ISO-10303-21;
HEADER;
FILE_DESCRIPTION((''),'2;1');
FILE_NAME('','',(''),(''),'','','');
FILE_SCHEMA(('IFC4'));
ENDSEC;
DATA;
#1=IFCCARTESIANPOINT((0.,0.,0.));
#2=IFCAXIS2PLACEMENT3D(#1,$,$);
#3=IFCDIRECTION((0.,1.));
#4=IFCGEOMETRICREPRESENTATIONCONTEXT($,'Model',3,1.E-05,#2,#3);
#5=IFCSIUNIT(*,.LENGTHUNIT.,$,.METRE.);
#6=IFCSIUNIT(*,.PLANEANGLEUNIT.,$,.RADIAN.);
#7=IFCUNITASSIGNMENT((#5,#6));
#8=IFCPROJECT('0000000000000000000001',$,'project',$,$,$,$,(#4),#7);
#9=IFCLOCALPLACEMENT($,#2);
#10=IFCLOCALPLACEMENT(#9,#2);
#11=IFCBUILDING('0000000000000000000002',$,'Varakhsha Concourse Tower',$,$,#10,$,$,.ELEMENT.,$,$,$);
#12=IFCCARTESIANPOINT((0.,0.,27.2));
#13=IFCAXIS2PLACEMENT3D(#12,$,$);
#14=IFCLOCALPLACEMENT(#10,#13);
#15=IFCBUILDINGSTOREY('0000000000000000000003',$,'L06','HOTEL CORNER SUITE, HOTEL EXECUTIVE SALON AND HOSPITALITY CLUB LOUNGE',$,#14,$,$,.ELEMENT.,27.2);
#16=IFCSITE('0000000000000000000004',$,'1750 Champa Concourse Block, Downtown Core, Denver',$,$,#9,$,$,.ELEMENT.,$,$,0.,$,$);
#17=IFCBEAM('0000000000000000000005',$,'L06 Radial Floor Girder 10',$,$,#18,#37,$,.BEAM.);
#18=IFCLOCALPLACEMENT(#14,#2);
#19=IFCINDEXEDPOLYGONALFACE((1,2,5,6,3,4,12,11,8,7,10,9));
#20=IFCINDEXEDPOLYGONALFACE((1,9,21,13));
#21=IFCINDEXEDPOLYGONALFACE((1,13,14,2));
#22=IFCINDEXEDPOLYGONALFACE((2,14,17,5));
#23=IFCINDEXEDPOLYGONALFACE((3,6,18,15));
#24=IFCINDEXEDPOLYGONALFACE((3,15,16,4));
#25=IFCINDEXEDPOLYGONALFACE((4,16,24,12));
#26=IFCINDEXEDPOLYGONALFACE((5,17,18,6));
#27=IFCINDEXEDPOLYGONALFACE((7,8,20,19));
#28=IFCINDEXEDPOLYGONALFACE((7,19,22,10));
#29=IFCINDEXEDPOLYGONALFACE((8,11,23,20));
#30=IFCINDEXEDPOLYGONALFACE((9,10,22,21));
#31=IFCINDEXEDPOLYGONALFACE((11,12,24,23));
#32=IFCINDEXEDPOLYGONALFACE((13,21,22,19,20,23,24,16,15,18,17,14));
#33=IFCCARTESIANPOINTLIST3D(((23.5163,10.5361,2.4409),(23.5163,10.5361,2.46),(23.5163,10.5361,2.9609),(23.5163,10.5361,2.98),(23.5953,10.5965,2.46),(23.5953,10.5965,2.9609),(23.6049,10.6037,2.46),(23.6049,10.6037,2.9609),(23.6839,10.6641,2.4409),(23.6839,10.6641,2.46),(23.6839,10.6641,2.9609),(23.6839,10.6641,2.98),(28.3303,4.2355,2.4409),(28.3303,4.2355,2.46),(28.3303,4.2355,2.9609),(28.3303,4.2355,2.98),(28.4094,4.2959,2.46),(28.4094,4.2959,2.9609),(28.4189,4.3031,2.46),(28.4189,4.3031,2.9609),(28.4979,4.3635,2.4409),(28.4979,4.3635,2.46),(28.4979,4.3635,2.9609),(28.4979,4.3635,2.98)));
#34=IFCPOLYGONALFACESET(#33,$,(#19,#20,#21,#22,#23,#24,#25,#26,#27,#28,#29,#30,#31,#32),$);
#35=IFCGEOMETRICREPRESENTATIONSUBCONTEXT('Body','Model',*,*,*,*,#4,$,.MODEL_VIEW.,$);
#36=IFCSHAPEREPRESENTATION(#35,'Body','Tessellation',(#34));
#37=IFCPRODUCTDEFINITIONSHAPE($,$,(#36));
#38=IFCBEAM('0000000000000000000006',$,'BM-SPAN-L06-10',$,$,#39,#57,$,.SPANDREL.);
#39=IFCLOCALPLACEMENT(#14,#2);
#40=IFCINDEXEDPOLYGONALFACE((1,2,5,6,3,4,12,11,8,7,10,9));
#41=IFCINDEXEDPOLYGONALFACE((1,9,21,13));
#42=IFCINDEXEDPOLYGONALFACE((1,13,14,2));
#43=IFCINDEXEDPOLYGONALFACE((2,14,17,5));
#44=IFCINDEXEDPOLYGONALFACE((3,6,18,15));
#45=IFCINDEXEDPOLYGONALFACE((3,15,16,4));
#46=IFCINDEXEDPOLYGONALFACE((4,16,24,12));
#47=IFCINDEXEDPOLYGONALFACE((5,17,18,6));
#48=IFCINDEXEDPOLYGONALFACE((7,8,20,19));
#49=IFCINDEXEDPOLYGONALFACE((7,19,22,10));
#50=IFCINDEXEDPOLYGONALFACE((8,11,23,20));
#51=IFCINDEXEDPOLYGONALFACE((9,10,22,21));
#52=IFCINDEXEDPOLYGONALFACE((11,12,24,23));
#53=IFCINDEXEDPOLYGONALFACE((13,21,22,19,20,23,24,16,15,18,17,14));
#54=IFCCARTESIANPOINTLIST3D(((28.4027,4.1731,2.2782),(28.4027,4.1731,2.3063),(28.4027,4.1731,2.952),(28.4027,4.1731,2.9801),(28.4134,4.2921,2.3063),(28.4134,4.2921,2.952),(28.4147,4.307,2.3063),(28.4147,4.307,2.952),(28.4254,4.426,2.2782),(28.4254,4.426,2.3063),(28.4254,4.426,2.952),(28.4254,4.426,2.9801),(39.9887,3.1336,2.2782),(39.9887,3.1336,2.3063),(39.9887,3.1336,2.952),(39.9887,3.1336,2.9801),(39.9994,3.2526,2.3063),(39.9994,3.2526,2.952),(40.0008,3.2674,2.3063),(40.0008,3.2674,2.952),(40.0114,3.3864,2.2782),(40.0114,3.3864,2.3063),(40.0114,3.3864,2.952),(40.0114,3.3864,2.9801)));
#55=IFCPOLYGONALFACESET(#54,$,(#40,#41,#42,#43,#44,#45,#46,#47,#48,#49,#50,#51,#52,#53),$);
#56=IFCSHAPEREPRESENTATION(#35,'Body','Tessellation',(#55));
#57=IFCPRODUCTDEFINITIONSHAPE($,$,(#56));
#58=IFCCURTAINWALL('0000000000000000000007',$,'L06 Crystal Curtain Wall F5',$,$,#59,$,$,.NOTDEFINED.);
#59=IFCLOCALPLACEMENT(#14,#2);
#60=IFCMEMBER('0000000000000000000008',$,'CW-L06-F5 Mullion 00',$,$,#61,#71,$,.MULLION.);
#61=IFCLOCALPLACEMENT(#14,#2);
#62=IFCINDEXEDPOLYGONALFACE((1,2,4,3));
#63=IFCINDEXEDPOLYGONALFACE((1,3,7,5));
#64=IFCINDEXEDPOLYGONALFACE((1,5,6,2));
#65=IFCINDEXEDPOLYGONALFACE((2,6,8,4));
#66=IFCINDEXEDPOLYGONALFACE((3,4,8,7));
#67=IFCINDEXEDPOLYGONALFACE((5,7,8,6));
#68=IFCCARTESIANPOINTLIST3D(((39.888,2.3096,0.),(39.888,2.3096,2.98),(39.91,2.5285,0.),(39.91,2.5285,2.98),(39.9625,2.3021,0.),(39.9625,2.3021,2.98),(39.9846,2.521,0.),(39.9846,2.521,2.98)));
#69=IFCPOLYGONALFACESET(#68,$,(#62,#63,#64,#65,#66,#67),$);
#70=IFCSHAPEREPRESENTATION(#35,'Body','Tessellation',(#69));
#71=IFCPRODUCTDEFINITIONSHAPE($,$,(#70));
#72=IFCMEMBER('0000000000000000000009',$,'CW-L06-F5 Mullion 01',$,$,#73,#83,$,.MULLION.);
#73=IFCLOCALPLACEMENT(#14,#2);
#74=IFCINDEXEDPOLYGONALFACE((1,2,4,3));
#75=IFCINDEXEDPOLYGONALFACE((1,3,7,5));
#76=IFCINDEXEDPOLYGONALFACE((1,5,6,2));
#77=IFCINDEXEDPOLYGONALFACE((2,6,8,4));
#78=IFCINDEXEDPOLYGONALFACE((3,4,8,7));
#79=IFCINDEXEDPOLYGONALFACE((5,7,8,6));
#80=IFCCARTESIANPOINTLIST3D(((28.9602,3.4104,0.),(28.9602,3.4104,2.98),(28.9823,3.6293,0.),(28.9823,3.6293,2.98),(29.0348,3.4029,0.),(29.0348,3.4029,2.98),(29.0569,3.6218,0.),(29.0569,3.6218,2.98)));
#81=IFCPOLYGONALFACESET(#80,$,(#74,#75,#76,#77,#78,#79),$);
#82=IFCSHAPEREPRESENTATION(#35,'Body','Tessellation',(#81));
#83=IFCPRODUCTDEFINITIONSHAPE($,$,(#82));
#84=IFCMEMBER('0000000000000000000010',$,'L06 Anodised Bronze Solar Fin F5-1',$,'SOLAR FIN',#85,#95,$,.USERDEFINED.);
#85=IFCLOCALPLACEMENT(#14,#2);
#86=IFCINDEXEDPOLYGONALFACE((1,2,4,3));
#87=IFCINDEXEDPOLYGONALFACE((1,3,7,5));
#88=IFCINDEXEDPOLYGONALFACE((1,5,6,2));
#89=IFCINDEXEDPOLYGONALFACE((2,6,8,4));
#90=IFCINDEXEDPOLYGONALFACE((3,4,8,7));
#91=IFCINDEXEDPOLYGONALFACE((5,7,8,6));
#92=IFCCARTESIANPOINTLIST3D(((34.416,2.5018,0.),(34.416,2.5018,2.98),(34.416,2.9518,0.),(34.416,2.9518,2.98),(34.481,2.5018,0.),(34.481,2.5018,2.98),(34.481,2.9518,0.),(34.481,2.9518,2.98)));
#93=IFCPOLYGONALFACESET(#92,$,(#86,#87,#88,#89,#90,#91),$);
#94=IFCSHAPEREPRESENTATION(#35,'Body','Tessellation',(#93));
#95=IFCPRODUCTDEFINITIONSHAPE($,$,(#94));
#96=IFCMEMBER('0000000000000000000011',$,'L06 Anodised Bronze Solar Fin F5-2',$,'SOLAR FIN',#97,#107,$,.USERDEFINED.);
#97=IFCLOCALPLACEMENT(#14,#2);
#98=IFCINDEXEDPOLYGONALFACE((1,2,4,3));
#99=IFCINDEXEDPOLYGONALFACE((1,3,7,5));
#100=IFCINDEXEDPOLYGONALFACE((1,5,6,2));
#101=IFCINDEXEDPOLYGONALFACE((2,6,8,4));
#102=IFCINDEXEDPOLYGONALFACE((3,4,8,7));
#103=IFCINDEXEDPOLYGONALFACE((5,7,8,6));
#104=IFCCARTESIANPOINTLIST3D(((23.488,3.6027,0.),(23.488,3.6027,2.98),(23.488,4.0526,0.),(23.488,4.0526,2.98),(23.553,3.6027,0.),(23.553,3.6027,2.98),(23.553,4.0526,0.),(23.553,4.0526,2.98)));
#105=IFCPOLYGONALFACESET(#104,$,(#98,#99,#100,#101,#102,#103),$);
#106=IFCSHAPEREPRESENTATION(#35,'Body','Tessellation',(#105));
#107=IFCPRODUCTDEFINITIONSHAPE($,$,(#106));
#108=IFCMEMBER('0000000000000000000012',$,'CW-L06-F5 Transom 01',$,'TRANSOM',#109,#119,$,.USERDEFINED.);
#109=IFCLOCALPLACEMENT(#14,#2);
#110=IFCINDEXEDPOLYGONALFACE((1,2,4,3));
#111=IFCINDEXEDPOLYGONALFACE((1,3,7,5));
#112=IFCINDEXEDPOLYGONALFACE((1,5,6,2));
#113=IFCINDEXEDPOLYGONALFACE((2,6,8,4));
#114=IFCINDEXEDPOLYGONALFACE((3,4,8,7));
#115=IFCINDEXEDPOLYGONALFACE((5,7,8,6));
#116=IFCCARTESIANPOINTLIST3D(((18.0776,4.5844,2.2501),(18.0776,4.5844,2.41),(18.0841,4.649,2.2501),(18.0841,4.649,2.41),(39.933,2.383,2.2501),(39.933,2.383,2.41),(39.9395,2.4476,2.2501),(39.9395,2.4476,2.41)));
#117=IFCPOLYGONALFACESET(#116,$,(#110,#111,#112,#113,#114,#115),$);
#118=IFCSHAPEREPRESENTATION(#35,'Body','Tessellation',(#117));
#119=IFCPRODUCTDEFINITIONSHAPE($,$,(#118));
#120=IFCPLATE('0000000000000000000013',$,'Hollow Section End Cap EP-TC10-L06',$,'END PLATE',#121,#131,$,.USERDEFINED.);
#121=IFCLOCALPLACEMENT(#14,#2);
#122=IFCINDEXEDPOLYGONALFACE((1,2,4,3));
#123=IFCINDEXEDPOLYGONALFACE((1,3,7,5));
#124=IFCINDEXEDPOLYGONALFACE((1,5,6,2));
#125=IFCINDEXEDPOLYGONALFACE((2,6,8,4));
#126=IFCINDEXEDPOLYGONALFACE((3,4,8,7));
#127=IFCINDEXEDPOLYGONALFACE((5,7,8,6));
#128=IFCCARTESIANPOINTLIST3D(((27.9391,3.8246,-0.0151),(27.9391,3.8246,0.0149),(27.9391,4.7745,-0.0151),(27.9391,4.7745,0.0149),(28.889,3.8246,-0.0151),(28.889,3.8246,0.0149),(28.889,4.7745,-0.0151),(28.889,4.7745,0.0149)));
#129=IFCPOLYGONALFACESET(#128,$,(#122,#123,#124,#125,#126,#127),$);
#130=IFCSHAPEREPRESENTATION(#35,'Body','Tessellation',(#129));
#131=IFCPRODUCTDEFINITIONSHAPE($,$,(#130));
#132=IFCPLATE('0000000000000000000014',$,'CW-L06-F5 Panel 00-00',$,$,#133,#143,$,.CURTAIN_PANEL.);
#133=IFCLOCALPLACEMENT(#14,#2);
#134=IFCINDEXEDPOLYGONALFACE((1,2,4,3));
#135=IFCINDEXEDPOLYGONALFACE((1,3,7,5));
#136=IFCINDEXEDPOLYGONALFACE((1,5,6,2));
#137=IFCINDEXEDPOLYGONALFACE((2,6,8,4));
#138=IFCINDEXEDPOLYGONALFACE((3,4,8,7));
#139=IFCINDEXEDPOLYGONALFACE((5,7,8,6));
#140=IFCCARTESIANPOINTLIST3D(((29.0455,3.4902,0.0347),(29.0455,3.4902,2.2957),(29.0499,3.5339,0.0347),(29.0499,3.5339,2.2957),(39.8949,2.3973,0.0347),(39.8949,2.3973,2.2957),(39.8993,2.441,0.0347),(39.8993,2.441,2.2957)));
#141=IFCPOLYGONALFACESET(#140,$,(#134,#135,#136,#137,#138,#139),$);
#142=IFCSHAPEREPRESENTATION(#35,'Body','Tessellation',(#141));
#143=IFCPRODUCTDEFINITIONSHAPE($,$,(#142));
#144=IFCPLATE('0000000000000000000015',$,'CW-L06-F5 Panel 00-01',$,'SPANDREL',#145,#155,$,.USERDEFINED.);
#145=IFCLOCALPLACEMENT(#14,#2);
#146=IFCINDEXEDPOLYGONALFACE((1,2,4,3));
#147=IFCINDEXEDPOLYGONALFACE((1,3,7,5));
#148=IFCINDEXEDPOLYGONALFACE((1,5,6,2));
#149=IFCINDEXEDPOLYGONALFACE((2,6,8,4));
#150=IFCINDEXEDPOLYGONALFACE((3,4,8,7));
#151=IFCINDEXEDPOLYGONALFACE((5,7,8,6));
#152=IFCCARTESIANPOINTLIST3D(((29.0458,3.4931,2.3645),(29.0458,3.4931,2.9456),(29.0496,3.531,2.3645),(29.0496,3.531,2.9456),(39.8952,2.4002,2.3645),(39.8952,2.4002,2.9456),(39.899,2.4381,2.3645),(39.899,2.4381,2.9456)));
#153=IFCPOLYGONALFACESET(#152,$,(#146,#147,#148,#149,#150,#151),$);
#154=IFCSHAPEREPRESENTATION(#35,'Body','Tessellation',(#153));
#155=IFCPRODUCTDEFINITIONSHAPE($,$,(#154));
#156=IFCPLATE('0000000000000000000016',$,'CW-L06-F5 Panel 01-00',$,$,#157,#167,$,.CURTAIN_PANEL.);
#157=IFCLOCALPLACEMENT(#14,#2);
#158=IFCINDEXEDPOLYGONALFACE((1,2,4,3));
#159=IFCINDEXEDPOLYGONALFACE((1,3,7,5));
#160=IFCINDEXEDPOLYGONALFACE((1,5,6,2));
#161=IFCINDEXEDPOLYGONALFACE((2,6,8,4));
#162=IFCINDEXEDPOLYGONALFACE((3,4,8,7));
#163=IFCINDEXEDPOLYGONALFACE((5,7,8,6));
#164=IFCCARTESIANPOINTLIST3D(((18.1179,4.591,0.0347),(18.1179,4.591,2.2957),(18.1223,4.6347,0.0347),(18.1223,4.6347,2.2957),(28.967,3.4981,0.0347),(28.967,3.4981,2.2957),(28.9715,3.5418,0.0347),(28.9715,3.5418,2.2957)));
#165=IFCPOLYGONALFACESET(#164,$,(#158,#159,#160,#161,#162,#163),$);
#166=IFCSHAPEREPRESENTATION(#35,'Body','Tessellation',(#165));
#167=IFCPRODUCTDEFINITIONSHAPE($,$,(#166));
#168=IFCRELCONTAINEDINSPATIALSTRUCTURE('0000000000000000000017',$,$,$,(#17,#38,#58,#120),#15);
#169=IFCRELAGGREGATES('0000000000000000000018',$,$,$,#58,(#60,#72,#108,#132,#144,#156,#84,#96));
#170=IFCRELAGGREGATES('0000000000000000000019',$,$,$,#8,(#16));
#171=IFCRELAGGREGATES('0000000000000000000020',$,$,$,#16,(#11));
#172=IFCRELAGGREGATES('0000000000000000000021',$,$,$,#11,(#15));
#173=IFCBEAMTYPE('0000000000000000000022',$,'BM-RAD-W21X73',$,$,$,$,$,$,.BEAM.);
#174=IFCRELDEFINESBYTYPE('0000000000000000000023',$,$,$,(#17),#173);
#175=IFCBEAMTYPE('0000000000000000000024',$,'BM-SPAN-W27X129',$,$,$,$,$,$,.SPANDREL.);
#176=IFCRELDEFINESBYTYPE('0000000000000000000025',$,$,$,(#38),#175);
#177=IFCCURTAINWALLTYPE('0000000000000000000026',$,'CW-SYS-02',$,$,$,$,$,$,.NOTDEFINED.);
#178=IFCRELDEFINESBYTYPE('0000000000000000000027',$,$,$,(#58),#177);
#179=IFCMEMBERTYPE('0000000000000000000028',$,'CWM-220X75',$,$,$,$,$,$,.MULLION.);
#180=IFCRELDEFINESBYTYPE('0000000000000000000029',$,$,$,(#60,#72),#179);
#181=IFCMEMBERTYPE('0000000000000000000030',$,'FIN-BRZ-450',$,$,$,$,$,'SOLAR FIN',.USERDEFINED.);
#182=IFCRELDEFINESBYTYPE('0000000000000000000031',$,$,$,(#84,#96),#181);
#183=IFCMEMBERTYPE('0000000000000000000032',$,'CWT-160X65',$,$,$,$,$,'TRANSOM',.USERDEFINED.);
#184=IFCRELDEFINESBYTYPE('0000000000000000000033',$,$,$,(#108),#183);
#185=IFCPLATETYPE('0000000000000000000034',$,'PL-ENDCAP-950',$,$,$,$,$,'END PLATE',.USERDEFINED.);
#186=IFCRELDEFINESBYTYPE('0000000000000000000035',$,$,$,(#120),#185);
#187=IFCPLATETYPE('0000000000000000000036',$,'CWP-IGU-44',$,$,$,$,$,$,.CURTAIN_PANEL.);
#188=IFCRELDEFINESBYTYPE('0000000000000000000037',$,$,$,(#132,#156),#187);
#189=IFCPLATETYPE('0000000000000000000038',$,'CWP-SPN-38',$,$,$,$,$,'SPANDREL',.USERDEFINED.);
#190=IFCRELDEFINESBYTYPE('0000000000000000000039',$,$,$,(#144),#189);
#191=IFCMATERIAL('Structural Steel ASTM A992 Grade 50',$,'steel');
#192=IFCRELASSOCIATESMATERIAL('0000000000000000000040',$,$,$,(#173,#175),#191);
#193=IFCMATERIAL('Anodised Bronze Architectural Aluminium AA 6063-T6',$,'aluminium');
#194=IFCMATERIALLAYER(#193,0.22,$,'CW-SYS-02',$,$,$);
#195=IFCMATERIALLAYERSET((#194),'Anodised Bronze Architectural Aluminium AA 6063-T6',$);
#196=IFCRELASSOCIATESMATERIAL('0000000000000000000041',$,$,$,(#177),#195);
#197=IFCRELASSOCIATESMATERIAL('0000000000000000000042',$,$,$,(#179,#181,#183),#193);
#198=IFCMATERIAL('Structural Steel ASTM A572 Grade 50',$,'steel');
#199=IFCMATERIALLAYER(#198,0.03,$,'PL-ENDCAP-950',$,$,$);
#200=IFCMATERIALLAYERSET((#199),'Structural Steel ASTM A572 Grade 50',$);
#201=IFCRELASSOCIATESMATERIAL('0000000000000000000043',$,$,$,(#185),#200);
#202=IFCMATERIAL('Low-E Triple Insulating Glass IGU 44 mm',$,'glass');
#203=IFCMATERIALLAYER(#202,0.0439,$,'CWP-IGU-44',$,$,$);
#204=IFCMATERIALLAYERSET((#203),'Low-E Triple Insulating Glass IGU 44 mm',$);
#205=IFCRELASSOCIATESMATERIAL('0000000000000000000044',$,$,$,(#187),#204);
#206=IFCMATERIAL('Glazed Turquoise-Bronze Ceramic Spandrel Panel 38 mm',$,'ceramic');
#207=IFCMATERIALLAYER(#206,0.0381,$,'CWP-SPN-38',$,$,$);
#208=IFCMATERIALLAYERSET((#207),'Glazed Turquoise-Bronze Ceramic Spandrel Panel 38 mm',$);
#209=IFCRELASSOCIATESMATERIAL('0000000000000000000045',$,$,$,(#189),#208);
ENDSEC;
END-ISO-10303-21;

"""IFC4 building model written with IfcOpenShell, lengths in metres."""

from ifc_helpers import new_model, si_unit, direction, frame, origin, origin_2d, place, context, subcontext, project, spatial, rectangle, i_section, extrude, source, transform, mapped, material, layer, layer_set, material_profile, profile_set, type_object, type_shapes, element, aggregate, save


model = new_model("IFC4")

# Units and contexts
model_context = context("Model", 3, precision=1e-05, world=origin(), true_north=direction((0.0, 1.0)))
body_context = subcontext(model_context, "Body", "Model", "MODEL_VIEW")
ifc_project = project(units=[si_unit("LENGTHUNIT", "METRE"), si_unit("PLANEANGLEUNIT", "RADIAN")], contexts=[model_context])

# Site, building, storey
site_placement = place(None, origin())
site = spatial("IfcSite", under=ifc_project, at=site_placement, Name="1750 Champa Concourse Block, Downtown Core, Denver", CompositionType="ELEMENT", RefElevation=0.0)
building_placement = place(site_placement, origin())
building = spatial("IfcBuilding", under=site, at=building_placement, Name="Varakhsha Concourse Tower", CompositionType="ELEMENT")
storey_placement = place(building_placement, frame((0.0, 0.0, 27.2)))
storey = spatial("IfcBuildingStorey", under=building, at=storey_placement, Name="L06", Description="HOTEL CORNER SUITE, HOTEL EXECUTIVE SALON AND HOSPITALITY CLUB LOUNGE", CompositionType="ELEMENT", Elevation=27.2)

# Shared definitions
ifc_material_1 = material(Name="Structural Steel ASTM A992 Grade 50", Category="steel")
ifc_material_2 = material(Name="Structural Steel ASTM A572 Grade 50", Category="steel")

# Beams
ifc_material_profile_1 = material_profile(ifc_material_1, i_section(OverallWidth=0.2109, OverallDepth=0.5391, WebThickness=0.012, FlangeThickness=0.019, at=origin_2d()), Name="W21X73")
ifc_profile_set_1 = profile_set([ifc_material_profile_1], Name="Structural Steel ASTM A992 Grade 50")
beam_type_1 = type_object("IfcBeamType", Name="BM-RAD-W21X73", PredefinedType="BEAM", material=ifc_profile_set_1)
beam_1_placement = place(storey_placement, frame((23.6001, 10.6001, 2.7104), z_axis=(0.607124, -0.794607, 0.0), x_axis=(0.794607, 0.607124, 0.0)))
element("IfcBeam", 1, at=beam_1_placement, inside=storey, type_object=beam_type_1, Name="L06 Radial Floor Girder 10", PredefinedType="BEAM", context=body_context, shape_type="SweptSolid", body=[
    extrude(i_section(OverallWidth=0.2109, OverallDepth=0.5391, WebThickness=0.012, FlangeThickness=0.019, at=origin_2d()), origin(), (0.0, 0.0, 1.0), 7.9292),
])
ifc_material_profile_2 = material_profile(ifc_material_1, i_section(OverallWidth=0.2539, OverallDepth=0.7019, WebThickness=0.0149, FlangeThickness=0.0281, at=origin_2d()), Name="W27X129")
ifc_profile_set_2 = profile_set([ifc_material_profile_2], Name="Structural Steel ASTM A992 Grade 50")
beam_type_2 = type_object("IfcBeamType", Name="BM-SPAN-W27X129", PredefinedType="SPANDREL", material=ifc_profile_set_2)
beam_2_placement = place(storey_placement, frame((28.4141, 4.2996, 2.6292), z_axis=(0.995999, -0.089366, 0.0), x_axis=(0.089366, 0.995999, 0.0)))
element("IfcBeam", 2, at=beam_2_placement, inside=storey, type_object=beam_type_2, Name="BM-SPAN-L06-10", PredefinedType="SPANDREL", context=body_context, shape_type="SweptSolid", body=[
    extrude(i_section(OverallWidth=0.2539, OverallDepth=0.7019, WebThickness=0.0149, FlangeThickness=0.0281, at=origin_2d()), origin(), (0.0, 0.0, 1.0), 11.6326),
])

# Curtain wall, members
ifc_material_3 = material(Name="Anodised Bronze Architectural Aluminium AA 6063-T6", Category="aluminium")
ifc_layer_1 = layer(ifc_material_3, 0.22, Name="CW-SYS-02")
ifc_layer_set_1 = layer_set([ifc_layer_1], Name="Anodised Bronze Architectural Aluminium AA 6063-T6")
curtain_wall_type = type_object("IfcCurtainWallType", Name="CW-SYS-02", PredefinedType="NOTDEFINED", material=ifc_layer_set_1)
curtain_wall_placement = place(storey_placement, origin())
curtain_wall = element("IfcCurtainWall", 3, at=curtain_wall_placement, inside=storey, type_object=curtain_wall_type, Name="L06 Crystal Curtain Wall F5", PredefinedType="NOTDEFINED")
ifc_material_profile_3 = material_profile(ifc_material_3, rectangle(XDim=0.075, YDim=0.22, at=origin_2d()), Name="CWM-220X75")
ifc_profile_set_3 = profile_set([ifc_material_profile_3], Name="Anodised Bronze Architectural Aluminium AA 6063-T6")
member_type_1 = type_object("IfcMemberType", Name="CWM-220X75", PredefinedType="MULLION", material=ifc_profile_set_3)
shared_shape_1 = source(origin(), body_context, "Body", "SweptSolid", [
    extrude(rectangle(XDim=0.075, YDim=0.22, at=origin_2d()), origin(), (0.0, 0.0, 1.0), 2.98),
])
type_shapes(member_type_1, [shared_shape_1])
member_1_placement = place(storey_placement, frame((39.9363, 2.4153, 0.0), z_axis=(0.0, 0.0, 1.0), x_axis=(-0.994965, 0.100226, 0.0)))
member_1 = element("IfcMember", 4, at=member_1_placement, type_object=member_type_1, Name="CW-L06-F5 Mullion 00", PredefinedType="MULLION", context=body_context, shape_type="MappedRepresentation", body=[
    mapped(shared_shape_1, transform((0.0, 0.0, 0.0), scale=1.0)),
])
member_2_placement = place(storey_placement, frame((29.0085, 3.5161, 0.0), z_axis=(0.0, 0.0, 1.0), x_axis=(-0.994965, 0.100226, 0.0)))
member_2 = element("IfcMember", 5, at=member_2_placement, type_object=member_type_1, Name="CW-L06-F5 Mullion 01", PredefinedType="MULLION", context=body_context, shape_type="MappedRepresentation", body=[
    mapped(shared_shape_1, transform((0.0, 0.0, 0.0), scale=1.0)),
])
ifc_material_profile_4 = material_profile(ifc_material_3, rectangle(XDim=0.0649, YDim=0.45, at=origin_2d()), Name="FIN-BRZ-450")
ifc_profile_set_4 = profile_set([ifc_material_profile_4], Name="Anodised Bronze Architectural Aluminium AA 6063-T6")
member_type_2 = type_object("IfcMemberType", Name="FIN-BRZ-450", ElementType="SOLAR FIN", PredefinedType="USERDEFINED", material=ifc_profile_set_4)
shared_shape_2 = source(origin(), body_context, "Body", "SweptSolid", [
    extrude(rectangle(XDim=0.0649, YDim=0.45, at=origin_2d()), origin(), (0.0, 0.0, 1.0), 2.98),
])
type_shapes(member_type_2, [shared_shape_2])
member_3_placement = place(storey_placement, frame((34.4485, 2.7268, 0.0), z_axis=(0.0, 0.0, 1.0), x_axis=(1.0, 0.0, 0.0)))
member_3 = element("IfcMember", 6, at=member_3_placement, type_object=member_type_2, Name="L06 Anodised Bronze Solar Fin F5-1", ObjectType="SOLAR FIN", PredefinedType="USERDEFINED", context=body_context, shape_type="MappedRepresentation", body=[
    mapped(shared_shape_2, transform((0.0, 0.0, 0.0), scale=1.0)),
])
member_4_placement = place(storey_placement, frame((23.5205, 3.8276, 0.0), z_axis=(0.0, 0.0, 1.0), x_axis=(1.0, 0.0, 0.0)))
member_4 = element("IfcMember", 7, at=member_4_placement, type_object=member_type_2, Name="L06 Anodised Bronze Solar Fin F5-2", ObjectType="SOLAR FIN", PredefinedType="USERDEFINED", context=body_context, shape_type="MappedRepresentation", body=[
    mapped(shared_shape_2, transform((0.0, 0.0, 0.0), scale=1.0)),
])
ifc_material_profile_5 = material_profile(ifc_material_3, rectangle(XDim=0.0649, YDim=0.1599, at=origin_2d()), Name="CWT-160X65")
ifc_profile_set_5 = profile_set([ifc_material_profile_5], Name="Anodised Bronze Architectural Aluminium AA 6063-T6")
member_type_3 = type_object("IfcMemberType", Name="CWT-160X65", ElementType="TRANSOM", PredefinedType="USERDEFINED", material=ifc_profile_set_5)
shared_shape_3 = source(origin(), body_context, "Body", "SweptSolid", [
    extrude(rectangle(XDim=0.0649, YDim=0.1599, at=origin_2d()), origin(), (0.0, 0.0, 1.0), 21.9661),
])
type_shapes(member_type_3, [shared_shape_3])
member_5_placement = place(storey_placement, frame((39.9363, 2.4153, 2.3301), z_axis=(-0.994965, 0.100219, 0.0), x_axis=(-0.100219, -0.994965, 0.0)))
member_5 = element("IfcMember", 8, at=member_5_placement, type_object=member_type_3, Name="CW-L06-F5 Transom 01", ObjectType="TRANSOM", PredefinedType="USERDEFINED", context=body_context, shape_type="MappedRepresentation", body=[
    mapped(shared_shape_3, transform((0.0, 0.0, 0.0), scale=1.0)),
])

# Plates
ifc_layer_2 = layer(ifc_material_2, 0.03, Name="PL-ENDCAP-950")
ifc_layer_set_2 = layer_set([ifc_layer_2], Name="Structural Steel ASTM A572 Grade 50")
plate_type_1 = type_object("IfcPlateType", Name="PL-ENDCAP-950", ElementType="END PLATE", PredefinedType="USERDEFINED", material=ifc_layer_set_2)
shared_shape_4 = source(origin(), body_context, "Body", "SweptSolid", [
    extrude(rectangle(XDim=0.95, YDim=0.95, at=origin_2d()), origin(), (0.0, 0.0, 1.0), 0.03),
])
type_shapes(plate_type_1, [shared_shape_4])
plate_1_placement = place(storey_placement, frame((28.4141, 4.2996, -0.0151), z_axis=(0.0, 0.0, 1.0), x_axis=(1.0, 0.0, 0.0)))
element("IfcPlate", 9, at=plate_1_placement, inside=storey, type_object=plate_type_1, Name="Hollow Section End Cap EP-TC10-L06", ObjectType="END PLATE", PredefinedType="USERDEFINED", context=body_context, shape_type="MappedRepresentation", body=[
    mapped(shared_shape_4, transform((0.0, 0.0, 0.0), scale=1.0)),
])
ifc_material_4 = material(Name="Low-E Triple Insulating Glass IGU 44 mm", Category="glass")
ifc_layer_3 = layer(ifc_material_4, 0.0439, Name="CWP-IGU-44")
ifc_layer_set_3 = layer_set([ifc_layer_3], Name="Low-E Triple Insulating Glass IGU 44 mm")
plate_type_2 = type_object("IfcPlateType", Name="CWP-IGU-44", PredefinedType="CURTAIN_PANEL", material=ifc_layer_set_3)
shared_shape_5 = source(origin(), body_context, "Body", "SweptSolid", [
    extrude(rectangle(XDim=10.9043, YDim=0.0439, at=origin_2d()), origin(), (0.0, 0.0, 1.0), 2.261),
])
plate_2_placement = place(storey_placement, frame((34.4724, 2.9656, 0.0347), z_axis=(0.0, 0.0, 1.0), x_axis=(-0.994965, 0.100226, 0.0)))
plate_2 = element("IfcPlate", 10, at=plate_2_placement, type_object=plate_type_2, Name="CW-L06-F5 Panel 00-00", PredefinedType="CURTAIN_PANEL", context=body_context, shape_type="MappedRepresentation", body=[
    mapped(shared_shape_5, transform((0.0, 0.0, 0.0), scale=1.0)),
])
ifc_material_5 = material(Name="Glazed Turquoise-Bronze Ceramic Spandrel Panel 38 mm", Category="ceramic")
ifc_layer_4 = layer(ifc_material_5, 0.0381, Name="CWP-SPN-38")
ifc_layer_set_4 = layer_set([ifc_layer_4], Name="Glazed Turquoise-Bronze Ceramic Spandrel Panel 38 mm")
plate_type_3 = type_object("IfcPlateType", Name="CWP-SPN-38", ElementType="SPANDREL", PredefinedType="USERDEFINED", material=ifc_layer_set_4)
shared_shape_6 = source(origin(), body_context, "Body", "SweptSolid", [
    extrude(rectangle(XDim=10.9043, YDim=0.0381, at=origin_2d()), origin(), (0.0, 0.0, 1.0), 0.5811),
])
plate_3_placement = place(storey_placement, frame((34.4724, 2.9656, 2.3645), z_axis=(0.0, 0.0, 1.0), x_axis=(-0.994965, 0.100226, 0.0)))
plate_3 = element("IfcPlate", 11, at=plate_3_placement, type_object=plate_type_3, Name="CW-L06-F5 Panel 00-01", ObjectType="SPANDREL", PredefinedType="USERDEFINED", context=body_context, shape_type="MappedRepresentation", body=[
    mapped(shared_shape_6, transform((0.0, 0.0, 0.0), scale=1.0)),
])
shared_shape_7 = source(origin(), body_context, "Body", "SweptSolid", [
    extrude(rectangle(XDim=10.9041, YDim=0.0439, at=origin_2d()), origin(), (0.0, 0.0, 1.0), 2.261),
])
type_shapes(plate_type_2, [shared_shape_5, shared_shape_7])
plate_4_placement = place(storey_placement, frame((23.5447, 4.0664, 0.0347), z_axis=(0.0, 0.0, 1.0), x_axis=(-0.994965, 0.100226, 0.0)))
plate_4 = element("IfcPlate", 12, at=plate_4_placement, type_object=plate_type_2, Name="CW-L06-F5 Panel 01-00", PredefinedType="CURTAIN_PANEL", context=body_context, shape_type="MappedRepresentation", body=[
    mapped(shared_shape_7, transform((0.0, 0.0, 0.0), scale=1.0)),
])
aggregate(curtain_wall, [member_1, member_2, member_5, plate_2, plate_3, plate_4, member_3, member_4])

save(model, "model.ifc")
